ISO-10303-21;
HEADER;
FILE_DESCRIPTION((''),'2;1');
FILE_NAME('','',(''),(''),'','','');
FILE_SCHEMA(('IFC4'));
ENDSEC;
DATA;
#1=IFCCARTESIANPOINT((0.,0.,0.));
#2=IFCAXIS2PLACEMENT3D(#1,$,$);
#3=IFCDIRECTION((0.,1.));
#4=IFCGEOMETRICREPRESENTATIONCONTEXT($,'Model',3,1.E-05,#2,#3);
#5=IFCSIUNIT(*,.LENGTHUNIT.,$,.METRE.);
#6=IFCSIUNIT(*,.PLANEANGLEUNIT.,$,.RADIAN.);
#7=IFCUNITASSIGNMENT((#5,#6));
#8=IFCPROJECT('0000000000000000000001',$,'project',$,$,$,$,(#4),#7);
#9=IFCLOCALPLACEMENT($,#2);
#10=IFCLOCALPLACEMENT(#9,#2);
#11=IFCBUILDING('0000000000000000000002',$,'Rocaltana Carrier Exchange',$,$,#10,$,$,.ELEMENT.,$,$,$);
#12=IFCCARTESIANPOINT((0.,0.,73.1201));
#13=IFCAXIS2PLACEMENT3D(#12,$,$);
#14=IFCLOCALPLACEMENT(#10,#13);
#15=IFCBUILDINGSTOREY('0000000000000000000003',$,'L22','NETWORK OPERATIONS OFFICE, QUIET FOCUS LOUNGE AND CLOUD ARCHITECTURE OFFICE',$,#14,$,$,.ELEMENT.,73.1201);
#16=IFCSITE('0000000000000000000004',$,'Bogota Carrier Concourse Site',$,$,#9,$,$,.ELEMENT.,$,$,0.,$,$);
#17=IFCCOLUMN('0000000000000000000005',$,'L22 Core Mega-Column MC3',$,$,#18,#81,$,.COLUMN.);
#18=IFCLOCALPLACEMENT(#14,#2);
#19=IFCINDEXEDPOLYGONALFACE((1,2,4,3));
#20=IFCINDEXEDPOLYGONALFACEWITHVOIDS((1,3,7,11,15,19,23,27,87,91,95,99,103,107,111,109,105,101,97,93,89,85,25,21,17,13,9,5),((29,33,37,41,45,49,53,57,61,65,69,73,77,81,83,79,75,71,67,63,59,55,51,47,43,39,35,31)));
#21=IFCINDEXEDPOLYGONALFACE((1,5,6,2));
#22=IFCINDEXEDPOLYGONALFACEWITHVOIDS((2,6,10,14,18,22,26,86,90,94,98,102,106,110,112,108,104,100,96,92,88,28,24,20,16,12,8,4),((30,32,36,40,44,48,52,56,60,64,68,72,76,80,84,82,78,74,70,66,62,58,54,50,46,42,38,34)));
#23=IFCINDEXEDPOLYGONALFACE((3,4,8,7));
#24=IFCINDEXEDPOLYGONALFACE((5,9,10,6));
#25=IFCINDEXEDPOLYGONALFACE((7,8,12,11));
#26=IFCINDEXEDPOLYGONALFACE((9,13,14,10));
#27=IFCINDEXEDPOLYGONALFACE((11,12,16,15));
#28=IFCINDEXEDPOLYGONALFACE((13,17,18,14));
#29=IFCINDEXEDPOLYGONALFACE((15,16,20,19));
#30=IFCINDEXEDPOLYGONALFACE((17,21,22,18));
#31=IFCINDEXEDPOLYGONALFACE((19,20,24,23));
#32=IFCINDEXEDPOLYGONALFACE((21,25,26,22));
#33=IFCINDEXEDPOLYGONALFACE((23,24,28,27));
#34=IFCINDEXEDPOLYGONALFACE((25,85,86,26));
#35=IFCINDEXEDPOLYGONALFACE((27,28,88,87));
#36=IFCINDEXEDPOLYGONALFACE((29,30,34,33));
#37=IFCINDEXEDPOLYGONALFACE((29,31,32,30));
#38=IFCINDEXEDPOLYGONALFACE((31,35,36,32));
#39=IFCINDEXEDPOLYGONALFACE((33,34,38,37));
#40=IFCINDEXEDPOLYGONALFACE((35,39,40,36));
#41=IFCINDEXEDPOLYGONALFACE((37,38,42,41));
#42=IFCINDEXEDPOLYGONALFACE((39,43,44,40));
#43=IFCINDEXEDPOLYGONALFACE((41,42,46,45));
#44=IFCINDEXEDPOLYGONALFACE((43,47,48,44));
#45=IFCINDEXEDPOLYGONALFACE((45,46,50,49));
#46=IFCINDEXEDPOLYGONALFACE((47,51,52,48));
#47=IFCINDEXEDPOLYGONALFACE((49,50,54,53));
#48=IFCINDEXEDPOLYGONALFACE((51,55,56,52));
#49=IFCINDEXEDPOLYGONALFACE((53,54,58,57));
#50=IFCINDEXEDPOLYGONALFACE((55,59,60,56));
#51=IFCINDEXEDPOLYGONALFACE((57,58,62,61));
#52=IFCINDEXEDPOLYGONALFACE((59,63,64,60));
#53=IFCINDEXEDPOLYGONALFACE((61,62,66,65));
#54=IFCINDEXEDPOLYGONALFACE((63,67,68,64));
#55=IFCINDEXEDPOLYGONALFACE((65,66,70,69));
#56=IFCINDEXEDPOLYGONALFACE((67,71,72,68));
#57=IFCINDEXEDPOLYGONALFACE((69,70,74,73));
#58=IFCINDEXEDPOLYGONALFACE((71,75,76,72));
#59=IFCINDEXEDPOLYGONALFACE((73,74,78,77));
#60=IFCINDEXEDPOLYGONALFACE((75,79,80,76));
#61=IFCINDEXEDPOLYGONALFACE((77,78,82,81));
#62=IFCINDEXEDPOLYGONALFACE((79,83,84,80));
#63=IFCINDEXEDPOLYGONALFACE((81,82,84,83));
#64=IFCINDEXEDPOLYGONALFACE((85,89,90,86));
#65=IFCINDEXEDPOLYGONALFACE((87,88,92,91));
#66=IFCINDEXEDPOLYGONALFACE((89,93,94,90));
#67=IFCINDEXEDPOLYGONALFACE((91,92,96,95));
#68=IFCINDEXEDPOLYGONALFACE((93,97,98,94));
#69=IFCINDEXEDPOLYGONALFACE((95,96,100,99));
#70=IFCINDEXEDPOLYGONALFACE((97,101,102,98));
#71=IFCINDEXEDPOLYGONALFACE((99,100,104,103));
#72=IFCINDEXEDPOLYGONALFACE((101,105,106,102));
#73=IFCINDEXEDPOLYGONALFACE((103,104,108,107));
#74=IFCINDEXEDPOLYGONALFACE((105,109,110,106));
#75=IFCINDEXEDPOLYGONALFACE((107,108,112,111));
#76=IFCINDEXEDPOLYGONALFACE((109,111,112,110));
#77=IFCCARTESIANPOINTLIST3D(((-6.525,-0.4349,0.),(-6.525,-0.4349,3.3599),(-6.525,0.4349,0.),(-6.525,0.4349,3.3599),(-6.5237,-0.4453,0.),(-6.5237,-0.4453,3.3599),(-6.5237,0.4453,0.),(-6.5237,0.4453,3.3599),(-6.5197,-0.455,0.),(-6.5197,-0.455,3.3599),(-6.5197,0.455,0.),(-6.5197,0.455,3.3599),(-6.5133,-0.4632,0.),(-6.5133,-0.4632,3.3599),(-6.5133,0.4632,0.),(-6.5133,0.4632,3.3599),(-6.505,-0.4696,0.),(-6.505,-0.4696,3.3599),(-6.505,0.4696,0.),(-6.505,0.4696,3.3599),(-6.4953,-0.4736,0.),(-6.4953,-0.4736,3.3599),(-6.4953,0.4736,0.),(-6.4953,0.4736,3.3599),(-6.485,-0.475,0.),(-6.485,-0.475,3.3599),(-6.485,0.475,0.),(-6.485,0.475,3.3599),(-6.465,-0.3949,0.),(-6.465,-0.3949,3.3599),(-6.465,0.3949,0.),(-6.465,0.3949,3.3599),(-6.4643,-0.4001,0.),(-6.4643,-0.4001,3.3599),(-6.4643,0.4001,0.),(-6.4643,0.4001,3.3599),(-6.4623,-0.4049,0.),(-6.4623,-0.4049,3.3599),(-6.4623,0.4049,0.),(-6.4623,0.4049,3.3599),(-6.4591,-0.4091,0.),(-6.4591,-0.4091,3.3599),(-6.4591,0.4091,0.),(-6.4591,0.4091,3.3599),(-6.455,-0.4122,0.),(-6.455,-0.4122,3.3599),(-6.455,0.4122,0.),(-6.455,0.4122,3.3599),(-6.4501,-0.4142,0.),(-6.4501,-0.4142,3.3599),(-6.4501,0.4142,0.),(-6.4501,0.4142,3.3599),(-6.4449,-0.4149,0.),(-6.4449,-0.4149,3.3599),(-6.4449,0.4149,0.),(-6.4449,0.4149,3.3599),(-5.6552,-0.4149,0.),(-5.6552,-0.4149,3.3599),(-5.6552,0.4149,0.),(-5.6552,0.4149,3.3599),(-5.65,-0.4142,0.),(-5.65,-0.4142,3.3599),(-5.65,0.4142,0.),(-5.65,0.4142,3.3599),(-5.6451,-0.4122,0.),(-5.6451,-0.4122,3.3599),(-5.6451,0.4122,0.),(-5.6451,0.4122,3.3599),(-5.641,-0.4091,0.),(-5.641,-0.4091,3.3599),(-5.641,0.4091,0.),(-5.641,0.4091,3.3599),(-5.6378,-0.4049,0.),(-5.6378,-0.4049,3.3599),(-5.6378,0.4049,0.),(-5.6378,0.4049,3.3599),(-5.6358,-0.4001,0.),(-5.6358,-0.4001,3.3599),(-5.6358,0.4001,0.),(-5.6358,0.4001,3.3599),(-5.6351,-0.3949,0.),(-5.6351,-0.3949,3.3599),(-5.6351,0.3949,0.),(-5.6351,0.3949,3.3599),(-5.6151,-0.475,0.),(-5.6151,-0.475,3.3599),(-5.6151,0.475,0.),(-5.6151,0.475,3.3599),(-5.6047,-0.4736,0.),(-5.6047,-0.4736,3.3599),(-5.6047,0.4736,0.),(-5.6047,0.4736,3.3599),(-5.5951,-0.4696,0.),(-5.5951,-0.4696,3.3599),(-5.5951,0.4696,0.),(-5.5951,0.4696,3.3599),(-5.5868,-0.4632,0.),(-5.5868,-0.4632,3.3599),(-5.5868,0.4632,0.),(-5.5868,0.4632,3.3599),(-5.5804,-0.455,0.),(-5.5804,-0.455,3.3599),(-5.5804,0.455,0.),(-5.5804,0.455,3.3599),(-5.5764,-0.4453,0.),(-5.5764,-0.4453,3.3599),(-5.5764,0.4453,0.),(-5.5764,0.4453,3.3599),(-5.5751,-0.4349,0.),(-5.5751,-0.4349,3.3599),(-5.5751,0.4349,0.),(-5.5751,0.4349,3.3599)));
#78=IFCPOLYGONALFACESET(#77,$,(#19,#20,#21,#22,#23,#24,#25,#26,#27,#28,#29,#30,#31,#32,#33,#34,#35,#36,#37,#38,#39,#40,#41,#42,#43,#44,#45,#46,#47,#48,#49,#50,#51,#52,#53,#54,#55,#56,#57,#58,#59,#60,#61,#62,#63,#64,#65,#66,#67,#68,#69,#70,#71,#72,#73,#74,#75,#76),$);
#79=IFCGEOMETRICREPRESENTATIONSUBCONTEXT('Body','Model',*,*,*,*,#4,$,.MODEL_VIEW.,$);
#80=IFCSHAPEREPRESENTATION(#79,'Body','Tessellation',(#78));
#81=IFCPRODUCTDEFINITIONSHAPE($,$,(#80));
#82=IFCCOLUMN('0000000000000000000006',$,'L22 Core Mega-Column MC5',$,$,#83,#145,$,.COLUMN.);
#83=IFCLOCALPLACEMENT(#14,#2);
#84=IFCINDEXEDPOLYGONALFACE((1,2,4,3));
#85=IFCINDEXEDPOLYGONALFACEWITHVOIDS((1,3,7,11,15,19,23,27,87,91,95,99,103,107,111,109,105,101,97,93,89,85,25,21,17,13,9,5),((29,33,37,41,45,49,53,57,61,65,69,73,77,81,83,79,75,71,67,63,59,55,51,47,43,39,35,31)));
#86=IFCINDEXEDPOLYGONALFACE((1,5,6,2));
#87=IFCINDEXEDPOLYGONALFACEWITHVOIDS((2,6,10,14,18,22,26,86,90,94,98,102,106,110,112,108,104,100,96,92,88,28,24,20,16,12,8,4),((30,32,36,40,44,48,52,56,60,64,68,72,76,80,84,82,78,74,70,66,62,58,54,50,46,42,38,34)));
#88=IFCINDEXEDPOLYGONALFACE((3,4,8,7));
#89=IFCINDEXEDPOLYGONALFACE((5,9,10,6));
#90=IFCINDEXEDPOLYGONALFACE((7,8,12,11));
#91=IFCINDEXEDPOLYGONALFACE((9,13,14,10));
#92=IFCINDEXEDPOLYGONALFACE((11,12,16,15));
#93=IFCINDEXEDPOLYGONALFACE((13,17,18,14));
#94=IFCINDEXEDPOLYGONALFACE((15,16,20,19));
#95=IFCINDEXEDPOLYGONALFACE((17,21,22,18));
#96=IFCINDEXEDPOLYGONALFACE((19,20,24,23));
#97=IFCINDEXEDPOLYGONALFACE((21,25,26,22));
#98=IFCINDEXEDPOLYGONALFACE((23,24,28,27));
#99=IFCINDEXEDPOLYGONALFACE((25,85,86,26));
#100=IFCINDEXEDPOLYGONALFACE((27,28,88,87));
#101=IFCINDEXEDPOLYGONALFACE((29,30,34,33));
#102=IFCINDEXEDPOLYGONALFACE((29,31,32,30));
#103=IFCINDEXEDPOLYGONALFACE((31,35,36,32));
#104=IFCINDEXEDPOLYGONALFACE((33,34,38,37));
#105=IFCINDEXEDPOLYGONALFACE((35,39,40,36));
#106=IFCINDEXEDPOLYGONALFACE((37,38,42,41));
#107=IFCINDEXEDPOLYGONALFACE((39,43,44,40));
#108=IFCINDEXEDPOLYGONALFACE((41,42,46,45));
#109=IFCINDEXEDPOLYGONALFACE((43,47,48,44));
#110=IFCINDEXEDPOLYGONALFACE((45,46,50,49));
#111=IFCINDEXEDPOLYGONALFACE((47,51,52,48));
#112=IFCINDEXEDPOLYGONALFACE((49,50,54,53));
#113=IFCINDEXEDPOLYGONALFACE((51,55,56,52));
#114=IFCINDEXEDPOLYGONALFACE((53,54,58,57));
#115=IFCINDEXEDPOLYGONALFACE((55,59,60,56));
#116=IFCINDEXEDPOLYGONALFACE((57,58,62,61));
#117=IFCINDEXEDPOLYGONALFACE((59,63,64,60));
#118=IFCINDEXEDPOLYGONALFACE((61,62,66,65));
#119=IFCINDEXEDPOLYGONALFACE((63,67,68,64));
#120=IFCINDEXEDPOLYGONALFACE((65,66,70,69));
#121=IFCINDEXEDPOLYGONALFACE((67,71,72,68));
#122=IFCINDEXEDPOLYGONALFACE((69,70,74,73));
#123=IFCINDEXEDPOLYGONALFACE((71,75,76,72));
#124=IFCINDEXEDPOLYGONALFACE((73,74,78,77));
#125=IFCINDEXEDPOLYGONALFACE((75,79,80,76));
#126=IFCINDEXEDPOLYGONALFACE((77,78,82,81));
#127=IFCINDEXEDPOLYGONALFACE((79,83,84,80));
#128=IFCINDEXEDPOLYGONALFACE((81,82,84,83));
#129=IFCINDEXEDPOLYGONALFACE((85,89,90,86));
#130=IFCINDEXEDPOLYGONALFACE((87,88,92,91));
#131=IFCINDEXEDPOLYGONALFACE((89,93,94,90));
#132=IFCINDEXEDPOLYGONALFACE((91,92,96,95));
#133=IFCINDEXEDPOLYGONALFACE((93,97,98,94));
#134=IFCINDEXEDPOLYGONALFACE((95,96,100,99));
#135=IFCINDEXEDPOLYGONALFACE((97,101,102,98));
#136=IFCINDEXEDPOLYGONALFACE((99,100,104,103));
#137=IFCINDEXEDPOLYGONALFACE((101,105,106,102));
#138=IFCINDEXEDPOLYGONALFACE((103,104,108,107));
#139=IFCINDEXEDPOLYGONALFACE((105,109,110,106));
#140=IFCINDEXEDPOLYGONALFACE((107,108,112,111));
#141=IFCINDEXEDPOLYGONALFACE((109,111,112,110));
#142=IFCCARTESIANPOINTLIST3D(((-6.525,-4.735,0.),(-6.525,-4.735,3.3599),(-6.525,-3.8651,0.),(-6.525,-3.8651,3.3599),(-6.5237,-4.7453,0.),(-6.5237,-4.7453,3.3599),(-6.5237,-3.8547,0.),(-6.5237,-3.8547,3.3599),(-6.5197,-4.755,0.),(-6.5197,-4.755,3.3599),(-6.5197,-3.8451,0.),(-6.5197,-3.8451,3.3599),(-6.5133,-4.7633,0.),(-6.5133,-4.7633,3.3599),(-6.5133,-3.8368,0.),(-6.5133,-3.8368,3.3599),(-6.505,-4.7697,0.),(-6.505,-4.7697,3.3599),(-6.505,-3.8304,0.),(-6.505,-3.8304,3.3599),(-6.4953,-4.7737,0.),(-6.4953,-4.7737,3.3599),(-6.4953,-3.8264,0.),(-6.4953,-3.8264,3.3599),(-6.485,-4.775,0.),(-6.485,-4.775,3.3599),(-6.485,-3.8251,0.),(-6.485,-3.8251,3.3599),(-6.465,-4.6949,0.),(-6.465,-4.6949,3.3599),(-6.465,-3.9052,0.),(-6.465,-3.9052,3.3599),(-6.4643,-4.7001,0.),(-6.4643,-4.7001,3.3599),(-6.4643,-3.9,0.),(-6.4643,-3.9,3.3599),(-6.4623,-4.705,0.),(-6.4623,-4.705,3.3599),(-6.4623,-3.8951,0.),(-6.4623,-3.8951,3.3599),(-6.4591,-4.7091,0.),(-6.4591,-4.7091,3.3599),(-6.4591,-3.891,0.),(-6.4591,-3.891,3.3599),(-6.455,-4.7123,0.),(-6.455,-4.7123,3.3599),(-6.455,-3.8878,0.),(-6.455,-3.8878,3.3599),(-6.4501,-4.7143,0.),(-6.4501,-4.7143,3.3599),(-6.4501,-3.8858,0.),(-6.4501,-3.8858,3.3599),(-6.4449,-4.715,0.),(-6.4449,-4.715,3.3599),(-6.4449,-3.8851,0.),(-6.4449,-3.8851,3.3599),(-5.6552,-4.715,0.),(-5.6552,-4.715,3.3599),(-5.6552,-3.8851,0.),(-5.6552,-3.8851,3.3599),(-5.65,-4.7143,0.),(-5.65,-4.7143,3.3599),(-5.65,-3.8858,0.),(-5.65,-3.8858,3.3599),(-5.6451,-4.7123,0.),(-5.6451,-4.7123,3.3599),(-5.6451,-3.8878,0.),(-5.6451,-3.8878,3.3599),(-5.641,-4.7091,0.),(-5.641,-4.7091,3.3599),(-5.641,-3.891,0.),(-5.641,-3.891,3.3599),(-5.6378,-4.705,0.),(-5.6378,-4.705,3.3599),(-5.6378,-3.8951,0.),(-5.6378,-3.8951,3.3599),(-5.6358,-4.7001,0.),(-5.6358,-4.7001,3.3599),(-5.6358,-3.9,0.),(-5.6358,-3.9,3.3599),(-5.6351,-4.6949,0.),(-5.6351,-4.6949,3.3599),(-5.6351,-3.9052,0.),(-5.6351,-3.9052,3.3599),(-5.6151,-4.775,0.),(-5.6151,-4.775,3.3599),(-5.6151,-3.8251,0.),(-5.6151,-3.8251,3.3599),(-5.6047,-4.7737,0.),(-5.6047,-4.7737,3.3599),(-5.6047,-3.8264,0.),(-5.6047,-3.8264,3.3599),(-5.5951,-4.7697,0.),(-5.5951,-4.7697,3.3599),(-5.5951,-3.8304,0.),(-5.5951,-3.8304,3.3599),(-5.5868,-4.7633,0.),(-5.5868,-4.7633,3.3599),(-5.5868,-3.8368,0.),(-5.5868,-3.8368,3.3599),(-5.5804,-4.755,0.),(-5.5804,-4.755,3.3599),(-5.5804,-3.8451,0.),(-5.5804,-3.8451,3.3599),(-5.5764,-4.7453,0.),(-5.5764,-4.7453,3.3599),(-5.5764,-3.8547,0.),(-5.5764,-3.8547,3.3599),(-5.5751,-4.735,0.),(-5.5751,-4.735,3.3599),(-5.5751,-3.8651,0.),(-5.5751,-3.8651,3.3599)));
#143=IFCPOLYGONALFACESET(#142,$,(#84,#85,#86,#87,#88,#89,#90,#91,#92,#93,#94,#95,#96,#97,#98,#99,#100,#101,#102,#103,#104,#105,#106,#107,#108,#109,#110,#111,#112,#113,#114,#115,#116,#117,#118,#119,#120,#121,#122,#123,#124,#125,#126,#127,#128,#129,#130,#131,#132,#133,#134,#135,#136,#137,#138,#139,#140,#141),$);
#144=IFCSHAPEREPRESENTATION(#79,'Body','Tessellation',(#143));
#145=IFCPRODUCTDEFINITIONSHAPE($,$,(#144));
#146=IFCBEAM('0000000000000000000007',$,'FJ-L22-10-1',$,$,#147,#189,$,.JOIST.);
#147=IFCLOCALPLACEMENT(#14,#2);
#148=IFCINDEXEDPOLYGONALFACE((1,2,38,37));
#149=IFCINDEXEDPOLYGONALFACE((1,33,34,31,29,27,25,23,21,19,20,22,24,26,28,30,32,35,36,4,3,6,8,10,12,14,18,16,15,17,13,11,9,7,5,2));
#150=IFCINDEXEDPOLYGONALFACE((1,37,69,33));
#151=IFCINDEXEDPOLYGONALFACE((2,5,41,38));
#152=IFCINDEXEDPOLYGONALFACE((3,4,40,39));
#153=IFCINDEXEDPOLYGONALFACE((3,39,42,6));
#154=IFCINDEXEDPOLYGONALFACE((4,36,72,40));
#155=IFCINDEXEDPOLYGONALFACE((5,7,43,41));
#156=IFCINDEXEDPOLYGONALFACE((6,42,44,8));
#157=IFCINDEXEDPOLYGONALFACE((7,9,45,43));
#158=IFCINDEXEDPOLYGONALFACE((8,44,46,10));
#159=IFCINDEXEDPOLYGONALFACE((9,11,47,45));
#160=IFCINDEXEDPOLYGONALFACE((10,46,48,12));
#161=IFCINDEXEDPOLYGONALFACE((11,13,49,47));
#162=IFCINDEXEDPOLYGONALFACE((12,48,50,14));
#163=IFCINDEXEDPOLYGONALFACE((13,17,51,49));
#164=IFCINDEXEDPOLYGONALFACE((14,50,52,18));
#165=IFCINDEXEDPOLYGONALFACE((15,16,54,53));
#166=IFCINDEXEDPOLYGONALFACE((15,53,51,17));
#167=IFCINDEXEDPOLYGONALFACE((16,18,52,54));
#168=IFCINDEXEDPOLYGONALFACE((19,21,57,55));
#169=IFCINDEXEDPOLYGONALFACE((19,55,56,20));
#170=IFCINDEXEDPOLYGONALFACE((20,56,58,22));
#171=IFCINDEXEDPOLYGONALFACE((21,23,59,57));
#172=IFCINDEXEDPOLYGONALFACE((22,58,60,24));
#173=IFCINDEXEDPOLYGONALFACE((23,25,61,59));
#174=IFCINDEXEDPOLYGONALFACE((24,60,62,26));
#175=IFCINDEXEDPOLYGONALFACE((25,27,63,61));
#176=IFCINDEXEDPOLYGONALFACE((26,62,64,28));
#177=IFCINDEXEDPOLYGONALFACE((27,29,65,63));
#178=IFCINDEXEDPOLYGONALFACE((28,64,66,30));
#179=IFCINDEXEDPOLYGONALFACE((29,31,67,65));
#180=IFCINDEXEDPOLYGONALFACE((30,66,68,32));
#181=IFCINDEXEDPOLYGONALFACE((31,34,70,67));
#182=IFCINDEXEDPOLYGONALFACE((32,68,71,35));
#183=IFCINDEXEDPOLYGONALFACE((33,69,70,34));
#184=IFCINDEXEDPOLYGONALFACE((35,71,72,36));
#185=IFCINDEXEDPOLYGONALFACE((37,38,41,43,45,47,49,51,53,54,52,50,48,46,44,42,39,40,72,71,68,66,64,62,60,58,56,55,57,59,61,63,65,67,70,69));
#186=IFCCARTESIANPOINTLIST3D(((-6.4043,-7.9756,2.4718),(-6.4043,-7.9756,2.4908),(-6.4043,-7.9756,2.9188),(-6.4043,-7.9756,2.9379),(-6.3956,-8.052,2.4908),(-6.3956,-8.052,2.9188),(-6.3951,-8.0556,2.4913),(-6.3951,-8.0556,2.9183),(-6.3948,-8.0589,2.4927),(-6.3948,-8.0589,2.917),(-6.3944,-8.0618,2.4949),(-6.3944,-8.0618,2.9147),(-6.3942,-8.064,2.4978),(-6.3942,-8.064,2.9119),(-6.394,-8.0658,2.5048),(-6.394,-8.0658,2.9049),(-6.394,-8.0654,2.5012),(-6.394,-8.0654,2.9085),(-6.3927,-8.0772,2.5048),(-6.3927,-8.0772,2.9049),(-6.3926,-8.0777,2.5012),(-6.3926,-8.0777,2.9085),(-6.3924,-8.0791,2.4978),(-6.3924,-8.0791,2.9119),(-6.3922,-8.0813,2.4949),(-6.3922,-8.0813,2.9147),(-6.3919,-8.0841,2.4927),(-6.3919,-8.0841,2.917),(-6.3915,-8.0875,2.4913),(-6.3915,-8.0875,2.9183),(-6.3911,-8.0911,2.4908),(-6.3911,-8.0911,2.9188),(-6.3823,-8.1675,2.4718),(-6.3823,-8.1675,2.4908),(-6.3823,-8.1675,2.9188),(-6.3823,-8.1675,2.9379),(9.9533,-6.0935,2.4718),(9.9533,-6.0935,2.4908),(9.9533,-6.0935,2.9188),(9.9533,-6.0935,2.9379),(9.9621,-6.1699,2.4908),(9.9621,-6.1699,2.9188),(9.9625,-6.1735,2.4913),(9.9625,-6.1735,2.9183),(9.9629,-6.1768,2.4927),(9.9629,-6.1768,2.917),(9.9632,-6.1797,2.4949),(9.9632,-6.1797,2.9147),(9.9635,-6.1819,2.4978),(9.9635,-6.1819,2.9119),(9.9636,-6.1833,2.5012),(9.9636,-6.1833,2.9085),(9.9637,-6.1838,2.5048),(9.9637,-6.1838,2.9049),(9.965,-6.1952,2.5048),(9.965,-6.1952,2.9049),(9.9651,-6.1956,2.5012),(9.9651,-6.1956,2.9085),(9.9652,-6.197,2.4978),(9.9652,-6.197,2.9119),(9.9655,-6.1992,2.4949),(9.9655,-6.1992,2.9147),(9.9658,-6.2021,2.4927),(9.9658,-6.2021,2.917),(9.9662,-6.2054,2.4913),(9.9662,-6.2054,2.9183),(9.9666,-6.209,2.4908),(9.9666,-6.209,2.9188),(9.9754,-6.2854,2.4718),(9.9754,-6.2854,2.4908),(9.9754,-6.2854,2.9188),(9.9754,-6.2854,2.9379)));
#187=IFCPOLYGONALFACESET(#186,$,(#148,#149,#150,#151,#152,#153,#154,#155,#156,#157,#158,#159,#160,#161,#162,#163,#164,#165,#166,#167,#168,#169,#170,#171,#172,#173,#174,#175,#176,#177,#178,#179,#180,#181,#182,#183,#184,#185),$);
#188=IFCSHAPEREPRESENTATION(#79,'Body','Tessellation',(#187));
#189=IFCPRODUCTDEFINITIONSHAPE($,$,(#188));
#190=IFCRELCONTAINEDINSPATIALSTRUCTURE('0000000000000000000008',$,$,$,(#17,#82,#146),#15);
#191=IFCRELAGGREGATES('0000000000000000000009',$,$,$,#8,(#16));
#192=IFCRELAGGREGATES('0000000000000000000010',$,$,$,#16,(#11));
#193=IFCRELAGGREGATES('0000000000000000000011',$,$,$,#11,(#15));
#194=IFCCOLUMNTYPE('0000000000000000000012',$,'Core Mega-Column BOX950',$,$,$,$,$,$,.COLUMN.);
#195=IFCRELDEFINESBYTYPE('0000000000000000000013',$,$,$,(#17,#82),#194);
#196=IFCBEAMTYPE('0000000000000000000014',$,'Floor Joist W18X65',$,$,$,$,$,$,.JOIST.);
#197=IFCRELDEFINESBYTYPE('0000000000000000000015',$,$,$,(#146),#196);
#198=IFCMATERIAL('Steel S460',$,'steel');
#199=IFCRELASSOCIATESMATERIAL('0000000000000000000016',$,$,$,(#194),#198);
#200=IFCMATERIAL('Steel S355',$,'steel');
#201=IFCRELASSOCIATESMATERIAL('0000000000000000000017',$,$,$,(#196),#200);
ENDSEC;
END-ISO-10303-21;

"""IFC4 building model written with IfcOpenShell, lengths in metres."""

from ifc_helpers import new_model, si_unit, direction, frame, origin, origin_2d, place, context, subcontext, project, spatial, hollow_rectangle, i_section, extrude, material, material_profile, profile_set, type_object, element, save


model = new_model("IFC4")

# Units and contexts
model_context = context("Model", 3, precision=1e-05, world=origin(), true_north=direction((0.0, 1.0)))
body_context = subcontext(model_context, "Body", "Model", "MODEL_VIEW")
ifc_project = project(units=[si_unit("LENGTHUNIT", "METRE"), si_unit("PLANEANGLEUNIT", "RADIAN")], contexts=[model_context])

# Site, building, storey
site_placement = place(None, origin())
site = spatial("IfcSite", under=ifc_project, at=site_placement, Name="Bogota Carrier Concourse Site", CompositionType="ELEMENT", RefElevation=0.0)
building_placement = place(site_placement, origin())
building = spatial("IfcBuilding", under=site, at=building_placement, Name="Rocaltana Carrier Exchange", CompositionType="ELEMENT")
storey_placement = place(building_placement, frame((0.0, 0.0, 73.1201)))
storey = spatial("IfcBuildingStorey", under=building, at=storey_placement, Name="L22", Description="NETWORK OPERATIONS OFFICE, QUIET FOCUS LOUNGE AND CLOUD ARCHITECTURE OFFICE", CompositionType="ELEMENT", Elevation=73.1201)

# Columns
ifc_material_1 = material(Name="Steel S460", Category="steel")
ifc_material_profile_1 = material_profile(ifc_material_1, hollow_rectangle(XDim=0.95, YDim=0.95, WallThickness=0.0601, InnerFilletRadius=0.02, OuterFilletRadius=0.04, at=origin_2d()), Name="BOX950X950X60")
ifc_profile_set_1 = profile_set([ifc_material_profile_1], Name="Steel S460")
column_type = type_object("IfcColumnType", Name="Core Mega-Column BOX950", PredefinedType="COLUMN", material=ifc_profile_set_1)
for number, where, z_axis, x_axis, name in (
    (1, (-6.05, 0.0, 0.0), (0.0, 0.0, 1.0), (1.0, 0.0, 0.0), "L22 Core Mega-Column MC3"),
    (2, (-6.05, -4.3, 0.0), (0.0, 0.0, 1.0), (1.0, 0.0, 0.0), "L22 Core Mega-Column MC5"),
):
    element("IfcColumn", number, at=place(storey_placement, frame(where, z_axis=z_axis, x_axis=x_axis)), inside=storey, type_object=column_type, Name=name, PredefinedType="COLUMN", context=body_context, shape_type="SweptSolid", body=[
        extrude(hollow_rectangle(XDim=0.95, YDim=0.95, WallThickness=0.0601, InnerFilletRadius=0.02, OuterFilletRadius=0.04, at=origin_2d()), origin(), (0.0, 0.0, 1.0), 3.3599),
    ])

# Beam
ifc_material_2 = material(Name="Steel S355", Category="steel")
ifc_material_profile_2 = material_profile(ifc_material_2, i_section(OverallWidth=0.1931, OverallDepth=0.4661, WebThickness=0.0115, FlangeThickness=0.019, FilletRadius=0.0139, at=origin_2d()), Name="W18X65")
ifc_profile_set_2 = profile_set([ifc_material_profile_2], Name="Steel S355")
beam_type_1 = type_object("IfcBeamType", Name="Floor Joist W18X65", PredefinedType="JOIST", material=ifc_profile_set_2)
beam_1_placement = place(storey_placement, frame((-6.3933, -8.0715, 2.7048), z_axis=(0.993446, 0.114304, 0.0), x_axis=(-0.114304, 0.993446, 0.0)))
element("IfcBeam", 3, at=beam_1_placement, inside=storey, type_object=beam_type_1, Name="FJ-L22-10-1", PredefinedType="JOIST", context=body_context, shape_type="SweptSolid", body=[
    extrude(i_section(OverallWidth=0.1931, OverallDepth=0.4661, WebThickness=0.0115, FlangeThickness=0.019, FilletRadius=0.0139, at=origin_2d()), origin(), (0.0, 0.0, 1.0), 16.4656),
])

save(model, "model.ifc")
